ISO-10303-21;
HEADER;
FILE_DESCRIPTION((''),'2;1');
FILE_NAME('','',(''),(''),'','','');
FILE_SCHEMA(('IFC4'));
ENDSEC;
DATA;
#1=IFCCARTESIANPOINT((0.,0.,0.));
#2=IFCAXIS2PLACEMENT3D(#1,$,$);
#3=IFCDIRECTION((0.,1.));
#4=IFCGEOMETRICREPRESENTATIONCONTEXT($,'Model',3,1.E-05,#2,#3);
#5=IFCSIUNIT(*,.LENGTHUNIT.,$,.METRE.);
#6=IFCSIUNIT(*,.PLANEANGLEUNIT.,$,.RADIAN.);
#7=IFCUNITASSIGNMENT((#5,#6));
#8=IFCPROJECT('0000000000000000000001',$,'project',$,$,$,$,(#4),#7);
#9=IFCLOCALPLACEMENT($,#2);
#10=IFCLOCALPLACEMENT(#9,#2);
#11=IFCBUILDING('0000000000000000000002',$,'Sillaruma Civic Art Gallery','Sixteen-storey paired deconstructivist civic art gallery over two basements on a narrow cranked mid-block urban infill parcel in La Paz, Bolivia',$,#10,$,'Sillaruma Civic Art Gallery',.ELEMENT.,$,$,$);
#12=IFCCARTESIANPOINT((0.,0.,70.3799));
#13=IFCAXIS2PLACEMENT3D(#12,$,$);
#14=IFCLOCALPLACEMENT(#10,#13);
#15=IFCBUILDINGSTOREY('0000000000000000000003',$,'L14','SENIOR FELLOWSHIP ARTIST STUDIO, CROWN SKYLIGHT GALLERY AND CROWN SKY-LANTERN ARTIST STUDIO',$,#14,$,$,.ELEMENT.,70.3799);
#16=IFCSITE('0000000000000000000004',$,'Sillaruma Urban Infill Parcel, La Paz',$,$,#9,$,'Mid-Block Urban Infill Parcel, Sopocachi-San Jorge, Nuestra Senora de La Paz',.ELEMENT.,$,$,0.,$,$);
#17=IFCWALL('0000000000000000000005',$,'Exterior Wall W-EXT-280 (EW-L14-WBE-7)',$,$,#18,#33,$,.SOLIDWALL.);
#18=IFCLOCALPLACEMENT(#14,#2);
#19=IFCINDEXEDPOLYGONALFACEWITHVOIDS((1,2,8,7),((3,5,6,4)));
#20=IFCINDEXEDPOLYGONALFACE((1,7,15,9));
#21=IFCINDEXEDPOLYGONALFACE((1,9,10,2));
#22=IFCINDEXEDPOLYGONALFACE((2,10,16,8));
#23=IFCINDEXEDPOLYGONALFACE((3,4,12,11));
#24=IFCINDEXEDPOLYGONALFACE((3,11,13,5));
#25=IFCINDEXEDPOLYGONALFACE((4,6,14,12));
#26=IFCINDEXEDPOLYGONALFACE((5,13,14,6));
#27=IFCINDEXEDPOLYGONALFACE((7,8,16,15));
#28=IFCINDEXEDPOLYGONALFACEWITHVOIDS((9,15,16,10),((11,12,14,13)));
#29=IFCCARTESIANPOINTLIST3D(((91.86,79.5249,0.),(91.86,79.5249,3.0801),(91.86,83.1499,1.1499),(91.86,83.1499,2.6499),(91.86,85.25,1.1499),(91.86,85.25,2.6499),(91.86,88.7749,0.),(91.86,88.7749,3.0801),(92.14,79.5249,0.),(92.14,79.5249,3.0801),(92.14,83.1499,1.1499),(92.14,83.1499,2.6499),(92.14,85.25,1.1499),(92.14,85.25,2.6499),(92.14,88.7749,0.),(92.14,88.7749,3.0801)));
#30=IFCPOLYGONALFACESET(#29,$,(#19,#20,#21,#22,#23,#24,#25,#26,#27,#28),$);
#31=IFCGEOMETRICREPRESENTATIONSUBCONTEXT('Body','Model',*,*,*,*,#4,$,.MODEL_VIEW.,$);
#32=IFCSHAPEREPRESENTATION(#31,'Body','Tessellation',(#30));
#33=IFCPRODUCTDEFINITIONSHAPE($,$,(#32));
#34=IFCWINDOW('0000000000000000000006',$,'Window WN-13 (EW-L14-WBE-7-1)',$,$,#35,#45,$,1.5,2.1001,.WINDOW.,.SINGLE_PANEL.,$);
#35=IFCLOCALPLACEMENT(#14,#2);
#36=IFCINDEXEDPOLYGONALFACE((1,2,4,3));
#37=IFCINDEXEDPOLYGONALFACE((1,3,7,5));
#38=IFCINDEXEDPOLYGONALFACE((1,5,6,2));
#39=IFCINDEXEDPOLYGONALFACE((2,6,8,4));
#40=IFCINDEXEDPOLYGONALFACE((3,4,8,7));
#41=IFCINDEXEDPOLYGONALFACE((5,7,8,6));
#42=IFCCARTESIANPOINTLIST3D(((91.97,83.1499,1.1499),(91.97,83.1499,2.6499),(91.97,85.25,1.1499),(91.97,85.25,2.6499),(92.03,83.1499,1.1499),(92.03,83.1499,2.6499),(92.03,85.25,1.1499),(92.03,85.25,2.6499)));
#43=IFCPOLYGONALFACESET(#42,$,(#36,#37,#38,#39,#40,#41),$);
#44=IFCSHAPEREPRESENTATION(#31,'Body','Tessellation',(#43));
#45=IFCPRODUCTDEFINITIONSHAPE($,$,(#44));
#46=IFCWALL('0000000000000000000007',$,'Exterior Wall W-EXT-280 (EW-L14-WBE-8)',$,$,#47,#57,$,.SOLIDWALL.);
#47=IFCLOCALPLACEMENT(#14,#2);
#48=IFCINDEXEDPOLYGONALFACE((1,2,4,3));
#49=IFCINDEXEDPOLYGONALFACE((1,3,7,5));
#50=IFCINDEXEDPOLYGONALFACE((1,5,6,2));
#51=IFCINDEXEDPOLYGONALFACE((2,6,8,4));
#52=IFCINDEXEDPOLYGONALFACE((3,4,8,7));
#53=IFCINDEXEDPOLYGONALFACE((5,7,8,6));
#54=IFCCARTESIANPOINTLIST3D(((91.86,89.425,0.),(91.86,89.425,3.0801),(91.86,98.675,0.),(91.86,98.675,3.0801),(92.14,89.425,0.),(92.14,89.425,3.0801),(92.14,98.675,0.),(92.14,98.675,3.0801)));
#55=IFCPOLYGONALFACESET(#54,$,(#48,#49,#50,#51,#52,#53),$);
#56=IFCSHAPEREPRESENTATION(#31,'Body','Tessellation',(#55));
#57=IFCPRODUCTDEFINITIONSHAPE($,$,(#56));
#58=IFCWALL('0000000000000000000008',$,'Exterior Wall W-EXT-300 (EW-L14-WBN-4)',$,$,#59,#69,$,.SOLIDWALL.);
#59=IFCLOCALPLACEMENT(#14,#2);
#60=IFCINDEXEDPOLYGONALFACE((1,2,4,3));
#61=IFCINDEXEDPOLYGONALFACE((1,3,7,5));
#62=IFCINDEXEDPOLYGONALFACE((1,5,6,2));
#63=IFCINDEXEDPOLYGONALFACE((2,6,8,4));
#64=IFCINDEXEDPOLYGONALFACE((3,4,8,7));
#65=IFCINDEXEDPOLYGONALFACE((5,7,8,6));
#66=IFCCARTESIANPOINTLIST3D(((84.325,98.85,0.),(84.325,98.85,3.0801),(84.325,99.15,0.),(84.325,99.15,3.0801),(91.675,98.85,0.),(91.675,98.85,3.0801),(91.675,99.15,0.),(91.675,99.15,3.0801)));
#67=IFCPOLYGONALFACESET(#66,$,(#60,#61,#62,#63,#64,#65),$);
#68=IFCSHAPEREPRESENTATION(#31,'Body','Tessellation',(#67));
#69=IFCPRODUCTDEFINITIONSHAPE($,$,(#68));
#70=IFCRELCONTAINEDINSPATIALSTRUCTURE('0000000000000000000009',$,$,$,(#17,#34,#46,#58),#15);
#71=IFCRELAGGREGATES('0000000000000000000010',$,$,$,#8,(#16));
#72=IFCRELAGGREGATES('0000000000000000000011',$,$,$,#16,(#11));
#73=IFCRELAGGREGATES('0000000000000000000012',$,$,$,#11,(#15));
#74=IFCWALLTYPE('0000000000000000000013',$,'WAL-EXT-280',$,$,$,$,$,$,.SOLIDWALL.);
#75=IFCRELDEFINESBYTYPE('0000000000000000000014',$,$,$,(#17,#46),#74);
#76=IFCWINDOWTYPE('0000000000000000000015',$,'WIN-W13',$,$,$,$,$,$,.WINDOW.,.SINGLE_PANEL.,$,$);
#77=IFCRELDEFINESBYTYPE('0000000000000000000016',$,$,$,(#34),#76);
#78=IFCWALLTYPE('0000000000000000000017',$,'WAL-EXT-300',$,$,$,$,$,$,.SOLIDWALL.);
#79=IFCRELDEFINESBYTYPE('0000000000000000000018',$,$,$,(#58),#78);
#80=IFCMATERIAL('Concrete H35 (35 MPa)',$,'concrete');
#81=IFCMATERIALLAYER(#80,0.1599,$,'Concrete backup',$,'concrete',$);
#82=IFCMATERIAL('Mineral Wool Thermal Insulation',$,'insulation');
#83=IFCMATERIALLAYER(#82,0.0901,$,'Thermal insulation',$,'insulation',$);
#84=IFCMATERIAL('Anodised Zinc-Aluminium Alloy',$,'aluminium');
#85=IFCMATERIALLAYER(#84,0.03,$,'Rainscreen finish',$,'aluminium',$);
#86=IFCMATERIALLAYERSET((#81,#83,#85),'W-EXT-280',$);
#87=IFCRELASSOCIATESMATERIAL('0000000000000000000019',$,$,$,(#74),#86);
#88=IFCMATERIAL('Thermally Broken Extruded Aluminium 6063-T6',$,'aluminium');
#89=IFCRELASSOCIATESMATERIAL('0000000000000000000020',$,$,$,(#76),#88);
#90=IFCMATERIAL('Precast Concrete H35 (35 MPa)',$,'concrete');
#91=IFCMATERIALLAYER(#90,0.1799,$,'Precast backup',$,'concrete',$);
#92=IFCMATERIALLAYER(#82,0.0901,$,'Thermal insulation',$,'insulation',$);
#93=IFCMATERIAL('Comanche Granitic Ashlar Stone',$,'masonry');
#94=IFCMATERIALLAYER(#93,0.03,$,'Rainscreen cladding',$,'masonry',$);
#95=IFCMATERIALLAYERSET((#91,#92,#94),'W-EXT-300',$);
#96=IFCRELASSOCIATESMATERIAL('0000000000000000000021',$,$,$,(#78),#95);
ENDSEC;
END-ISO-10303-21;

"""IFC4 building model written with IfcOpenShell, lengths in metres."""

from ifc_helpers import new_model, si_unit, direction, frame, frame_2d, origin, place, context, subcontext, project, spatial, rectangle, extrude, material, layer, layer_set, type_object, element, fill, save


model = new_model("IFC4")

# Units and contexts
model_context = context("Model", 3, precision=1e-05, world=origin(), true_north=direction((0.0, 1.0)))
body_context = subcontext(model_context, "Body", "Model", "MODEL_VIEW")
ifc_project = project(units=[si_unit("LENGTHUNIT", "METRE"), si_unit("PLANEANGLEUNIT", "RADIAN")], contexts=[model_context])

# Site, building, storey
site_placement = place(None, origin())
site = spatial("IfcSite", under=ifc_project, at=site_placement, Name="Sillaruma Urban Infill Parcel, La Paz", LongName="Mid-Block Urban Infill Parcel, Sopocachi-San Jorge, Nuestra Senora de La Paz", CompositionType="ELEMENT", RefElevation=0.0)
building_placement = place(site_placement, origin())
building = spatial("IfcBuilding", under=site, at=building_placement, Name="Sillaruma Civic Art Gallery", Description="Sixteen-storey paired deconstructivist civic art gallery over two basements on a narrow cranked mid-block urban infill parcel in La Paz, Bolivia", LongName="Sillaruma Civic Art Gallery", CompositionType="ELEMENT")
storey_placement = place(building_placement, frame((0.0, 0.0, 70.3799)))
storey = spatial("IfcBuildingStorey", under=building, at=storey_placement, Name="L14", Description="SENIOR FELLOWSHIP ARTIST STUDIO, CROWN SKYLIGHT GALLERY AND CROWN SKY-LANTERN ARTIST STUDIO", CompositionType="ELEMENT", Elevation=70.3799)

# Shared definitions
ifc_material_1 = material(Name="Concrete H35 (35 MPa)", Category="concrete")

# Shared definitions
ifc_material_2 = material(Name="Thermally Broken Extruded Aluminium 6063-T6", Category="aluminium")

# Wall, opening, window
ifc_layer_1 = layer(ifc_material_1, 0.1599, Name="Concrete backup", Category="concrete")
ifc_material_3 = material(Name="Mineral Wool Thermal Insulation", Category="insulation")
ifc_layer_2 = layer(ifc_material_3, 0.0901, Name="Thermal insulation", Category="insulation")
ifc_material_4 = material(Name="Anodised Zinc-Aluminium Alloy", Category="aluminium")
ifc_layer_3 = layer(ifc_material_4, 0.03, Name="Rainscreen finish", Category="aluminium")
ifc_layer_set_1 = layer_set([ifc_layer_1, ifc_layer_2, ifc_layer_3], Name="W-EXT-280")
wall_type_1 = type_object("IfcWallType", Name="WAL-EXT-280", PredefinedType="SOLIDWALL", material=ifc_layer_set_1)
wall_1_placement = place(storey_placement, frame((92.0, 79.5249, 0.0), z_axis=(0.0, 0.0, 1.0), x_axis=(0.0, 1.0, 0.0)))
wall_1 = element("IfcWall", 1, at=wall_1_placement, inside=storey, type_object=wall_type_1, Name="Exterior Wall W-EXT-280 (EW-L14-WBE-7)", PredefinedType="SOLIDWALL", context=body_context, shape_type="SweptSolid", body=[
    extrude(rectangle(XDim=9.25, YDim=0.28, at=frame_2d((4.625, 0.0))), origin(), (0.0, 0.0, 1.0), 3.0801),
])
opening_placement = place(wall_1_placement, frame((3.625, 0.0, 1.1499)))
opening = element("IfcOpeningElement", 2, at=opening_placement, cuts=wall_1, PredefinedType="OPENING", context=body_context, shape_type="SweptSolid", body=[
    extrude(rectangle(XDim=2.1001, YDim=1.5, at=frame_2d((1.05, 0.75))), frame((0.0, 0.1499, 0.0), z_axis=(0.0, -1.0, 0.0), x_axis=(1.0, 0.0, 0.0)), (0.0, 0.0, 1.0), 0.3),
])
window_type = type_object("IfcWindowType", Name="WIN-W13", PartitioningType="SINGLE_PANEL", PredefinedType="WINDOW", material=ifc_material_2)
window_placement = place(opening_placement, origin())
window = element("IfcWindow", 3, at=window_placement, inside=storey, type_object=window_type, Name="Window WN-13 (EW-L14-WBE-7-1)", OverallHeight=1.5, OverallWidth=2.1001, PartitioningType="SINGLE_PANEL", PredefinedType="WINDOW", context=body_context, shape_type="SweptSolid", body=[
    extrude(rectangle(XDim=2.1001, YDim=1.5, at=frame_2d((1.05, 0.75))), frame((0.0, 0.03, 0.0), z_axis=(0.0, -1.0, 0.0), x_axis=(1.0, 0.0, 0.0)), (0.0, 0.0, 1.0), 0.0601),
])
fill(opening, window)

# Walls
wall_2_placement = place(storey_placement, frame((92.0, 89.425, 0.0), z_axis=(0.0, 0.0, 1.0), x_axis=(0.0, 1.0, 0.0)))
element("IfcWall", 4, at=wall_2_placement, inside=storey, type_object=wall_type_1, Name="Exterior Wall W-EXT-280 (EW-L14-WBE-8)", PredefinedType="SOLIDWALL", context=body_context, shape_type="SweptSolid", body=[
    extrude(rectangle(XDim=9.25, YDim=0.28, at=frame_2d((4.625, 0.0))), origin(), (0.0, 0.0, 1.0), 3.0801),
])
ifc_material_5 = material(Name="Precast Concrete H35 (35 MPa)", Category="concrete")
ifc_layer_4 = layer(ifc_material_5, 0.1799, Name="Precast backup", Category="concrete")
ifc_layer_5 = layer(ifc_material_3, 0.0901, Name="Thermal insulation", Category="insulation")
ifc_material_6 = material(Name="Comanche Granitic Ashlar Stone", Category="masonry")
ifc_layer_6 = layer(ifc_material_6, 0.03, Name="Rainscreen cladding", Category="masonry")
ifc_layer_set_2 = layer_set([ifc_layer_4, ifc_layer_5, ifc_layer_6], Name="W-EXT-300")
wall_type_2 = type_object("IfcWallType", Name="WAL-EXT-300", PredefinedType="SOLIDWALL", material=ifc_layer_set_2)
wall_3_placement = place(storey_placement, frame((84.325, 99.0, 0.0), z_axis=(0.0, 0.0, 1.0), x_axis=(1.0, 0.0, 0.0)))
element("IfcWall", 5, at=wall_3_placement, inside=storey, type_object=wall_type_2, Name="Exterior Wall W-EXT-300 (EW-L14-WBN-4)", PredefinedType="SOLIDWALL", context=body_context, shape_type="SweptSolid", body=[
    extrude(rectangle(XDim=7.3501, YDim=0.3, at=frame_2d((3.675, 0.0))), origin(), (0.0, 0.0, 1.0), 3.0801),
])

save(model, "model.ifc")
